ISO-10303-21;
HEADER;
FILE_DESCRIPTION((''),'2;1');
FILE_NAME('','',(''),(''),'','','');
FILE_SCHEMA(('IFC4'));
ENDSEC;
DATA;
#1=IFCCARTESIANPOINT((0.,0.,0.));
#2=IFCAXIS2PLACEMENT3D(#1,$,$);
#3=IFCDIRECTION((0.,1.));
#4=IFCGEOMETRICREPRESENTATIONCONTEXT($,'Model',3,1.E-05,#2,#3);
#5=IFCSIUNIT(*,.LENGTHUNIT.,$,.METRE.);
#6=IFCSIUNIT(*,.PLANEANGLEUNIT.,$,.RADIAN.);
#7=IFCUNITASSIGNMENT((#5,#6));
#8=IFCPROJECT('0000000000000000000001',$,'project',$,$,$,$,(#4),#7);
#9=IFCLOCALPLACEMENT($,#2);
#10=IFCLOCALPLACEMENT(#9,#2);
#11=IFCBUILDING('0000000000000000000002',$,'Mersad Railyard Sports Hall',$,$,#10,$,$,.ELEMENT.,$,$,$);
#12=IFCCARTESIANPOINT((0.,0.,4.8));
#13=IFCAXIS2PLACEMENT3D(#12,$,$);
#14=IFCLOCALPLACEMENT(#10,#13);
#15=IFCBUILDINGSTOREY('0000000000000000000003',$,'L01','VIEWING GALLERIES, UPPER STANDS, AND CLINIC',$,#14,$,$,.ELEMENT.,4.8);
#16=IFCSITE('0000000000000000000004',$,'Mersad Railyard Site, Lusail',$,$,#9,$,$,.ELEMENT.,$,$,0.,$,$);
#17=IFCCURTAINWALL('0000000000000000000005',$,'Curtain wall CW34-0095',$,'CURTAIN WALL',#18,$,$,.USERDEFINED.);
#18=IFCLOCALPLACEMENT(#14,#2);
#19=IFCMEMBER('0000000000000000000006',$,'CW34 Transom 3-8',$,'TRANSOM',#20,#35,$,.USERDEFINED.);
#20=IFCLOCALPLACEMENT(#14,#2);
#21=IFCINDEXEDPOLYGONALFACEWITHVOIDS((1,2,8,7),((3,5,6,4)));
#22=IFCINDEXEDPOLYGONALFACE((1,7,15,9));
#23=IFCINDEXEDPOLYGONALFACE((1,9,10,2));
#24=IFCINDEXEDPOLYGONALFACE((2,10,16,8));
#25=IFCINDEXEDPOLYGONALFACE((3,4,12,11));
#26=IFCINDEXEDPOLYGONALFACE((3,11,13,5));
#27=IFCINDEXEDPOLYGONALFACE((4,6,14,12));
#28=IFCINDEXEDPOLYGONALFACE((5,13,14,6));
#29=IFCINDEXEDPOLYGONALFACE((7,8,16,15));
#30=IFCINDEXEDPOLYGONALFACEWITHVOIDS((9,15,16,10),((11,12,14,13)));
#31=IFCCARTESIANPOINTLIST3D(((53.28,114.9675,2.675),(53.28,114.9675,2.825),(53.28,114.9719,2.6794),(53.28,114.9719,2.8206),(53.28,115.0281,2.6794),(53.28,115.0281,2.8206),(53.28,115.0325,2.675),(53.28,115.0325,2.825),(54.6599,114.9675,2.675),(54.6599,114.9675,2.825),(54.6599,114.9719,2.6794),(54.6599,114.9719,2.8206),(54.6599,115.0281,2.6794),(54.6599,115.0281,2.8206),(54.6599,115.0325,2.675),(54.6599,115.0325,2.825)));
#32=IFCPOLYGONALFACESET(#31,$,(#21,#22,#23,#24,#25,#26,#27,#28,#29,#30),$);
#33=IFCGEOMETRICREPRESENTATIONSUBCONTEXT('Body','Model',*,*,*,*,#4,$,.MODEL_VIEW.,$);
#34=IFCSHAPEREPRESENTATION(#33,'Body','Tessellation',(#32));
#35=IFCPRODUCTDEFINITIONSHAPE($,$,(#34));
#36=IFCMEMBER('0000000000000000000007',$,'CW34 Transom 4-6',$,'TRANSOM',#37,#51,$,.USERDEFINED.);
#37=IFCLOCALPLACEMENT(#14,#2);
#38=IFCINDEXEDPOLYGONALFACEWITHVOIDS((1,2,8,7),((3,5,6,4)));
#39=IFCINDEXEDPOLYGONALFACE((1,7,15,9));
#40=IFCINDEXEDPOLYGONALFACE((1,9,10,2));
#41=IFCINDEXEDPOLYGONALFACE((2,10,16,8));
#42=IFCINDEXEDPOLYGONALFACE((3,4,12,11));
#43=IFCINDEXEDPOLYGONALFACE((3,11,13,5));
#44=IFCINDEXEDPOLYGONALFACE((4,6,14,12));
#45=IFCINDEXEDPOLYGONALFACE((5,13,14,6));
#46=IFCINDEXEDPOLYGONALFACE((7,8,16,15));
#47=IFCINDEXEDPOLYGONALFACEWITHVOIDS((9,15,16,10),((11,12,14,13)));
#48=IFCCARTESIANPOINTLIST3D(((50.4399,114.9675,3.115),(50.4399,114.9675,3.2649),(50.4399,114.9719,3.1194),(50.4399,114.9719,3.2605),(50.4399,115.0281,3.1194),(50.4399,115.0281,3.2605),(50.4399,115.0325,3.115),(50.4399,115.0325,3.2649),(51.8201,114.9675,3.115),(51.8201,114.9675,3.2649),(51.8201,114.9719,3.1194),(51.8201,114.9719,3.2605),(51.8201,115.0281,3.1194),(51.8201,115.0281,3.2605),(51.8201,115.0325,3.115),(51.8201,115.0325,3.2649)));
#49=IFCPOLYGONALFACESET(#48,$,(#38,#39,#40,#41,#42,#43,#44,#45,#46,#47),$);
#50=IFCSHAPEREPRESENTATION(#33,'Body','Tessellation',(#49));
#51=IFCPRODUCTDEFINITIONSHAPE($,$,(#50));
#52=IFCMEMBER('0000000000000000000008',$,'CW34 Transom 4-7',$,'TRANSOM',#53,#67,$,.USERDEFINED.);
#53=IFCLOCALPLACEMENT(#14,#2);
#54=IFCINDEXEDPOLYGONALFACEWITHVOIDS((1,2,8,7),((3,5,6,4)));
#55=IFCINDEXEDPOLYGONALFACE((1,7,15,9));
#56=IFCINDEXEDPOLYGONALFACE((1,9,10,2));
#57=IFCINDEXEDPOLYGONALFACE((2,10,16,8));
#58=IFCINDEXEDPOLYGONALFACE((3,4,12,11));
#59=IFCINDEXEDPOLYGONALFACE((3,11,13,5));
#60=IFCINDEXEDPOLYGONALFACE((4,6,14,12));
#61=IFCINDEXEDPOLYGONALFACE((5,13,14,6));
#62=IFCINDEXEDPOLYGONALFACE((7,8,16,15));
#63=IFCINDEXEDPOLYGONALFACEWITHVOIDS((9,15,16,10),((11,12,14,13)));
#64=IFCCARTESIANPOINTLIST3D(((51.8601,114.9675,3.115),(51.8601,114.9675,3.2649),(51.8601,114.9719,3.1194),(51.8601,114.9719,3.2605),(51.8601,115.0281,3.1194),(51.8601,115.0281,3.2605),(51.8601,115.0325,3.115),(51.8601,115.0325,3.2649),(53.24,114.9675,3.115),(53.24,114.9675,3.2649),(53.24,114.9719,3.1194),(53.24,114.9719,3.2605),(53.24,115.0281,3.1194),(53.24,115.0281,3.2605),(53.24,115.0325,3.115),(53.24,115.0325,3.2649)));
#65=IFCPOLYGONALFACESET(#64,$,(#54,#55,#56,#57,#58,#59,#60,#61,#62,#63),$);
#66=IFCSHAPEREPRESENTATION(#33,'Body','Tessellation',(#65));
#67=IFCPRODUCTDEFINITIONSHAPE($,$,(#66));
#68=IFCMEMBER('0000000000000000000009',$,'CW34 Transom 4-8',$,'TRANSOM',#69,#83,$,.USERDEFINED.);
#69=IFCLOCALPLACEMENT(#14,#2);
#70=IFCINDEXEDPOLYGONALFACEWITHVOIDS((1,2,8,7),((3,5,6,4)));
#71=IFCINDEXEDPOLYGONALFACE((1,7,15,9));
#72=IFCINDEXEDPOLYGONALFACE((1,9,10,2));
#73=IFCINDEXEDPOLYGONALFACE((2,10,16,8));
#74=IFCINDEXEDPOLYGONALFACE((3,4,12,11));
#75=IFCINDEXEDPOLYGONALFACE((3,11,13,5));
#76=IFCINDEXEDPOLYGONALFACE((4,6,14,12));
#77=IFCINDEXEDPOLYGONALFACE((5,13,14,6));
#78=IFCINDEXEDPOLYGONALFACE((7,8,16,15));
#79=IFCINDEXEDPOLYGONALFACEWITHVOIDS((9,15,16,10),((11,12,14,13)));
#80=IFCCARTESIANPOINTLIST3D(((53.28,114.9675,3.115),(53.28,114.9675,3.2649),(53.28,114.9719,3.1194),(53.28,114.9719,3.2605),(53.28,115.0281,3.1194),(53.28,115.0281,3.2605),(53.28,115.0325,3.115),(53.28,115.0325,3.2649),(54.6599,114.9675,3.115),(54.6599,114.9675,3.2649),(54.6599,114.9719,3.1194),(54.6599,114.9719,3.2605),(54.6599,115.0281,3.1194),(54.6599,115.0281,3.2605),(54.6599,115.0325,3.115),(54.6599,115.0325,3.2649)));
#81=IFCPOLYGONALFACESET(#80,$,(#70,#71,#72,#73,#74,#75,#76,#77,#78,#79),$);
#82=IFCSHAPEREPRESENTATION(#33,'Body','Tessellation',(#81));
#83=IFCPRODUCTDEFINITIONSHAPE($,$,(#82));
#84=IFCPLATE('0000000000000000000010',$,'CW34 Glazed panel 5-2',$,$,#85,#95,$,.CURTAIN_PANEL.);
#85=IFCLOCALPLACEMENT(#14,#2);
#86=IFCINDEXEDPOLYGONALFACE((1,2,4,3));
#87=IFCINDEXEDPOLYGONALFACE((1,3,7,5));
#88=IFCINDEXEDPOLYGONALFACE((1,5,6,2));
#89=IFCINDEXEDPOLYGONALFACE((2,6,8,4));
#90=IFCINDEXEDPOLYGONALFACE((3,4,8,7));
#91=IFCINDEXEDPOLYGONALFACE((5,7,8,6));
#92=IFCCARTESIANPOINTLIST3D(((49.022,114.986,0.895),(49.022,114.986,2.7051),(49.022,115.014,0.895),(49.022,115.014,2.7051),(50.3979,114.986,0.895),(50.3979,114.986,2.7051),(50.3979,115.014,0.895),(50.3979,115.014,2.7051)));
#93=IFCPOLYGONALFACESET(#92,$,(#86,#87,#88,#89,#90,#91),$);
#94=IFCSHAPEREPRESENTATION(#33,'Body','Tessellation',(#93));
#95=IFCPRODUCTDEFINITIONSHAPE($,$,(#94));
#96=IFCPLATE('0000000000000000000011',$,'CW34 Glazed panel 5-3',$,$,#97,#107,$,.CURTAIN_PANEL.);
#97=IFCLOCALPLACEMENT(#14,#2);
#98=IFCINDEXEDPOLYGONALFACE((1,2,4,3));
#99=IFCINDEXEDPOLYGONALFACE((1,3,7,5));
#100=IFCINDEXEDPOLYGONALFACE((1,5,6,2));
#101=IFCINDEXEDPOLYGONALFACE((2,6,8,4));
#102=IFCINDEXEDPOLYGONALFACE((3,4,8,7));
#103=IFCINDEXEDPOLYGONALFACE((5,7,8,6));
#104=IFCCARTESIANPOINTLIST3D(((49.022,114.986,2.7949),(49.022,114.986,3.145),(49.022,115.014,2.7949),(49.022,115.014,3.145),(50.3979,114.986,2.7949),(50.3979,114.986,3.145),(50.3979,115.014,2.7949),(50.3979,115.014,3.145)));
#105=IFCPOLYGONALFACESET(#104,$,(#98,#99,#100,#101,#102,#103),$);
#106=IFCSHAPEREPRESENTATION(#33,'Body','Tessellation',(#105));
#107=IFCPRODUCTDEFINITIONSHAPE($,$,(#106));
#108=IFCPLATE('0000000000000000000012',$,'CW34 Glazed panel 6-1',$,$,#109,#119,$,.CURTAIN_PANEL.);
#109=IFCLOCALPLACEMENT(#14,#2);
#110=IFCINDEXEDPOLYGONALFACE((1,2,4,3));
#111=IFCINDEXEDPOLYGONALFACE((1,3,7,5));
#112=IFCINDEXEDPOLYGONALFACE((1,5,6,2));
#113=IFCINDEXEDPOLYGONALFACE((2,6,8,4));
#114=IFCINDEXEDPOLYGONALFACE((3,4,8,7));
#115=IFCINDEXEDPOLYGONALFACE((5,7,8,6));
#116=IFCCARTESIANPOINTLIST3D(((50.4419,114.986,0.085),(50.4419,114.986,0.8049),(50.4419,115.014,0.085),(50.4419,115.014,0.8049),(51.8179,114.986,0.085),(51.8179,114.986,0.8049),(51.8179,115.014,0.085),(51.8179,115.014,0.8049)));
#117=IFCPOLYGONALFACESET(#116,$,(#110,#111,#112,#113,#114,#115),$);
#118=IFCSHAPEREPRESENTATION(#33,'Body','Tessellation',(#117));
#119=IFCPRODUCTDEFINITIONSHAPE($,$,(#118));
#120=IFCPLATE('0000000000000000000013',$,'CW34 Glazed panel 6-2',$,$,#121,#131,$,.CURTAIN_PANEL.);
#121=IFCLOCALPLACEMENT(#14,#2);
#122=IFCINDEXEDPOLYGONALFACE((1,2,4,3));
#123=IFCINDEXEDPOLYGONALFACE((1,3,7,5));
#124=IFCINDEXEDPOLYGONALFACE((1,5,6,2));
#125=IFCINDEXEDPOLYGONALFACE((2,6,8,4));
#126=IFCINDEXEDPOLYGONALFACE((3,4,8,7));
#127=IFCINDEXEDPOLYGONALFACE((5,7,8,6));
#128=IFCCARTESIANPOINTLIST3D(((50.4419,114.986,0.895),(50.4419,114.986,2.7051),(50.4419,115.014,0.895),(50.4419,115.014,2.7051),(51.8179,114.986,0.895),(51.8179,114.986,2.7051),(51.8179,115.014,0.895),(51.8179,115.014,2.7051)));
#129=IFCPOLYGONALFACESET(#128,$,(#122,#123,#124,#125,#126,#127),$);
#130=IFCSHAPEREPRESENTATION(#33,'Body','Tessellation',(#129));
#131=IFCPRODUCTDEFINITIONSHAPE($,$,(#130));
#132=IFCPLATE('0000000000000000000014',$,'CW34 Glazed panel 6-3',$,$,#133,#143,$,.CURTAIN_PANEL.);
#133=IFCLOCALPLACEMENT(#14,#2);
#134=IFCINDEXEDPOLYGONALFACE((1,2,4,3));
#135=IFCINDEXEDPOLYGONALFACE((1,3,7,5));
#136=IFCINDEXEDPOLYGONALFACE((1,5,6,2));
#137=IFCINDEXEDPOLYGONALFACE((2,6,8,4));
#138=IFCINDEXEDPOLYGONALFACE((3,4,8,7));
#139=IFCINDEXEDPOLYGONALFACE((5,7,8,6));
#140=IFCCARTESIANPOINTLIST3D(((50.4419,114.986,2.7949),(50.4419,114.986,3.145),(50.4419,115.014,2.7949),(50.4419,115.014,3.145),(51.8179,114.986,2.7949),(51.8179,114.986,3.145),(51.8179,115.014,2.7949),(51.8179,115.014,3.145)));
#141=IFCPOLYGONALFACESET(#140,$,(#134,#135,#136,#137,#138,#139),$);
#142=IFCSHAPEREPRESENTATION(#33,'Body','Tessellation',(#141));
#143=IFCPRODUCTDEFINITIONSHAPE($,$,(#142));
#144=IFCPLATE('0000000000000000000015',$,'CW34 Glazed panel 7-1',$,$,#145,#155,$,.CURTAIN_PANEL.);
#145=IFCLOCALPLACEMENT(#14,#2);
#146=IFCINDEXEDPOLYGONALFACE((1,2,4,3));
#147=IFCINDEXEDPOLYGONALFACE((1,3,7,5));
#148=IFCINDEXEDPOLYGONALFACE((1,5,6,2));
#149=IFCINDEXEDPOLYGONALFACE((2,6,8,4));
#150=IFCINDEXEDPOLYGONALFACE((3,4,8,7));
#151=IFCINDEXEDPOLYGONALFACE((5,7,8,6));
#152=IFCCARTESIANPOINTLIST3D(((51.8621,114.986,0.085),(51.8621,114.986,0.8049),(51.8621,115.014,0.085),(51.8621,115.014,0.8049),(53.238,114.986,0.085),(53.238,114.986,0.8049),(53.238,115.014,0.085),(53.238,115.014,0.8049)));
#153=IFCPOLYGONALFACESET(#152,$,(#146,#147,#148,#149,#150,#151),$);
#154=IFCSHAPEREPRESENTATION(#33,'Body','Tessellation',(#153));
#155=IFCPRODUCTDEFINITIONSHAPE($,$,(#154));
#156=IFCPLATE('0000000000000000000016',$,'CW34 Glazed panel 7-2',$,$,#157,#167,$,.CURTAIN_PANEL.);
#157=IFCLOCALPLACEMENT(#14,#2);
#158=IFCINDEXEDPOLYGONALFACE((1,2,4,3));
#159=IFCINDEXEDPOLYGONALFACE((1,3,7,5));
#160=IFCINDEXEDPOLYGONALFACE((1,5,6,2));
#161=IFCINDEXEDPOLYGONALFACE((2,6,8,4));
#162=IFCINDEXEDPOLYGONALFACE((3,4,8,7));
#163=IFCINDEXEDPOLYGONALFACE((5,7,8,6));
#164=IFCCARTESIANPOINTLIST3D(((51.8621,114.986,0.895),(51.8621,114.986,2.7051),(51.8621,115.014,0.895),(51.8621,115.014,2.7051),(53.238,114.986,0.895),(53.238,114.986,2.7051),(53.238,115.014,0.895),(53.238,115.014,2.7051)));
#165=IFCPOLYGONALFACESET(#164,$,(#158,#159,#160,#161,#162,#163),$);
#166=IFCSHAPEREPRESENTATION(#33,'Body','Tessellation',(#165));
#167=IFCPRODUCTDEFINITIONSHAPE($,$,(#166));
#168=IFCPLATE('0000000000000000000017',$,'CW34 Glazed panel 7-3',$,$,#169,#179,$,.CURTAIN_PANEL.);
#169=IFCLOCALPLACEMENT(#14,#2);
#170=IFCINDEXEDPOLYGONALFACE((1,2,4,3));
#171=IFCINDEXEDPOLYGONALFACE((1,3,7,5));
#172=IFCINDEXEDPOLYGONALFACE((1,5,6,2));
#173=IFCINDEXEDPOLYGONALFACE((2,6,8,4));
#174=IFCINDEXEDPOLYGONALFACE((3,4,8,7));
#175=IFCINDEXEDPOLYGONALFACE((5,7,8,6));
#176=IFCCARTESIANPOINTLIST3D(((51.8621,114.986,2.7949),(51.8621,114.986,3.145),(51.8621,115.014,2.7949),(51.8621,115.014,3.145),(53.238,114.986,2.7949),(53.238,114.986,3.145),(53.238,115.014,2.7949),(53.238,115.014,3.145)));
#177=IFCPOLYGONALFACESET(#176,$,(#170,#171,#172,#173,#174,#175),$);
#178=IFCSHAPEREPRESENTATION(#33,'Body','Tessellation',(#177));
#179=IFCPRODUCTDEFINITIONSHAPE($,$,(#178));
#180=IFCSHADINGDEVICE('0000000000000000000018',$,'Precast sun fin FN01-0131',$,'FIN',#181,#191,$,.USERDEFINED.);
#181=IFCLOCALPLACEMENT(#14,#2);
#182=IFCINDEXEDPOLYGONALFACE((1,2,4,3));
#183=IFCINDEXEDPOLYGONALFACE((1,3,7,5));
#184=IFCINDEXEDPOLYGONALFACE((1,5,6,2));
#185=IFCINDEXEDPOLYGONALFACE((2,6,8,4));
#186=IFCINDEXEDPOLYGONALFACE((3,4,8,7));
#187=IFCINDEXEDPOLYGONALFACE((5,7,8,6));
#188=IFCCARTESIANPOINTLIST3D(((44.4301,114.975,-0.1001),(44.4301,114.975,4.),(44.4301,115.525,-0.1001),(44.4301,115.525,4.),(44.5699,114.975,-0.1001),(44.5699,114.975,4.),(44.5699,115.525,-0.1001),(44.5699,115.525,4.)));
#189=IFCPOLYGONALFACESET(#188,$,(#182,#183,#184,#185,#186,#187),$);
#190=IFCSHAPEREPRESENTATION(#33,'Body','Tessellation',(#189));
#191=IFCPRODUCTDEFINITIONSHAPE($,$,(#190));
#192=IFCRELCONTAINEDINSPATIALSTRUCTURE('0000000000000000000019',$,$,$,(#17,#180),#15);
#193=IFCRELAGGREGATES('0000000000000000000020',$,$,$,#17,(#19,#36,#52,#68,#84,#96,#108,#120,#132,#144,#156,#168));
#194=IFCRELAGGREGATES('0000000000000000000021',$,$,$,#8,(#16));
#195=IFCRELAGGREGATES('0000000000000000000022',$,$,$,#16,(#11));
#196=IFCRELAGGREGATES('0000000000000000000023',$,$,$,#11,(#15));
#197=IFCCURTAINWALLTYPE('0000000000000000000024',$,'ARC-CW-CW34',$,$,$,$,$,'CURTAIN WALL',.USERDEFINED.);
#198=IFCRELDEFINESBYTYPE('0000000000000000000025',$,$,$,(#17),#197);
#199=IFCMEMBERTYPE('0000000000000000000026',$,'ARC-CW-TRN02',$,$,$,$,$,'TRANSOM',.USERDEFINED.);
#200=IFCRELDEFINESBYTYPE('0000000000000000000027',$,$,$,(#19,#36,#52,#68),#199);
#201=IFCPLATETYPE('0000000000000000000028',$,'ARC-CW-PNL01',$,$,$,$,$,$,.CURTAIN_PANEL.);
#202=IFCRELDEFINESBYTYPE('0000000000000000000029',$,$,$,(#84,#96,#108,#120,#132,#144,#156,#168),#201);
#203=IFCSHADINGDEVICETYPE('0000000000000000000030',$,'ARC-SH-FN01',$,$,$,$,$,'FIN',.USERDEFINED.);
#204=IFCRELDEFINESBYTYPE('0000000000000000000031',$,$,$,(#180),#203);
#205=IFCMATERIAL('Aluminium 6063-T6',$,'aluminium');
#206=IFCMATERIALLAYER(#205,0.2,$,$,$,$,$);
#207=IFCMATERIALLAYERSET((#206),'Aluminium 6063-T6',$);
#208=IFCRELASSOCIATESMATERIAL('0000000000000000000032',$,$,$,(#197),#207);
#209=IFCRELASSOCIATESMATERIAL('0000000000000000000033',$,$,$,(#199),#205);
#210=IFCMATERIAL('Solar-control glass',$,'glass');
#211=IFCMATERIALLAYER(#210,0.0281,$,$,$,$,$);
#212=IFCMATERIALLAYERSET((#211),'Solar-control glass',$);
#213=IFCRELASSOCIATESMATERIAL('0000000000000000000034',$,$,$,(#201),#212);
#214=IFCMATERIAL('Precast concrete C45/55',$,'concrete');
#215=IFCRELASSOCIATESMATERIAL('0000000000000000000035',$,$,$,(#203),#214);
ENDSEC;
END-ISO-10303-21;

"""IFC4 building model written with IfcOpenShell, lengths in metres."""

from ifc_helpers import new_model, si_unit, direction, frame, origin, origin_2d, place, context, subcontext, project, spatial, rectangle, hollow_rectangle, extrude, material, layer, layer_set, material_profile, profile_set, type_object, element, aggregate, save


model = new_model("IFC4")

# Units and contexts
model_context = context("Model", 3, precision=1e-05, world=origin(), true_north=direction((0.0, 1.0)))
body_context = subcontext(model_context, "Body", "Model", "MODEL_VIEW")
ifc_project = project(units=[si_unit("LENGTHUNIT", "METRE"), si_unit("PLANEANGLEUNIT", "RADIAN")], contexts=[model_context])

# Site, building, storey
site_placement = place(None, origin())
site = spatial("IfcSite", under=ifc_project, at=site_placement, Name="Mersad Railyard Site, Lusail", CompositionType="ELEMENT", RefElevation=0.0)
building_placement = place(site_placement, origin())
building = spatial("IfcBuilding", under=site, at=building_placement, Name="Mersad Railyard Sports Hall", CompositionType="ELEMENT")
storey_placement = place(building_placement, frame((0.0, 0.0, 4.8)))
storey = spatial("IfcBuildingStorey", under=building, at=storey_placement, Name="L01", Description="VIEWING GALLERIES, UPPER STANDS, AND CLINIC", CompositionType="ELEMENT", Elevation=4.8)

# Curtain wall, members, plates
ifc_material_1 = material(Name="Aluminium 6063-T6", Category="aluminium")
ifc_layer_1 = layer(ifc_material_1, 0.2)
ifc_layer_set_1 = layer_set([ifc_layer_1], Name="Aluminium 6063-T6")
curtain_wall_type = type_object("IfcCurtainWallType", Name="ARC-CW-CW34", ElementType="CURTAIN WALL", PredefinedType="USERDEFINED", material=ifc_layer_set_1)
curtain_wall_placement = place(storey_placement, origin())
curtain_wall = element("IfcCurtainWall", 1, at=curtain_wall_placement, inside=storey, type_object=curtain_wall_type, Name="Curtain wall CW34-0095", ObjectType="CURTAIN WALL", PredefinedType="USERDEFINED")
ifc_material_profile_1 = material_profile(ifc_material_1, hollow_rectangle(XDim=0.0649, YDim=0.1499, WallThickness=0.0044, at=origin_2d()), Name="AL TRANSOM 65x150x4.5")
ifc_profile_set_1 = profile_set([ifc_material_profile_1], Name="Aluminium 6063-T6")
member_type_1 = type_object("IfcMemberType", Name="ARC-CW-TRN02", ElementType="TRANSOM", PredefinedType="USERDEFINED", material=ifc_profile_set_1)
member_1_placement = place(storey_placement, frame((53.28, 115.0, 2.75), z_axis=(1.0, 0.0, 0.0), x_axis=(0.0, 1.0, 0.0)))
member_1 = element("IfcMember", 2, at=member_1_placement, type_object=member_type_1, Name="CW34 Transom 3-8", ObjectType="TRANSOM", PredefinedType="USERDEFINED", context=body_context, shape_type="SweptSolid", body=[
    extrude(hollow_rectangle(XDim=0.0649, YDim=0.1499, WallThickness=0.0044, at=origin_2d()), origin(), (0.0, 0.0, 1.0), 1.3799),
])
member_2_placement = place(storey_placement, frame((50.4399, 115.0, 3.1899), z_axis=(1.0, 0.0, 0.0), x_axis=(0.0, 1.0, 0.0)))
member_2 = element("IfcMember", 3, at=member_2_placement, type_object=member_type_1, Name="CW34 Transom 4-6", ObjectType="TRANSOM", PredefinedType="USERDEFINED", context=body_context, shape_type="SweptSolid", body=[
    extrude(hollow_rectangle(XDim=0.0649, YDim=0.1499, WallThickness=0.0044, at=origin_2d()), origin(), (0.0, 0.0, 1.0), 1.3801),
])
member_3_placement = place(storey_placement, frame((51.8601, 115.0, 3.1899), z_axis=(1.0, 0.0, 0.0), x_axis=(0.0, 1.0, 0.0)))
member_3 = element("IfcMember", 4, at=member_3_placement, type_object=member_type_1, Name="CW34 Transom 4-7", ObjectType="TRANSOM", PredefinedType="USERDEFINED", context=body_context, shape_type="SweptSolid", body=[
    extrude(hollow_rectangle(XDim=0.0649, YDim=0.1499, WallThickness=0.0044, at=origin_2d()), origin(), (0.0, 0.0, 1.0), 1.3799),
])
member_4_placement = place(storey_placement, frame((53.28, 115.0, 3.1899), z_axis=(1.0, 0.0, 0.0), x_axis=(0.0, 1.0, 0.0)))
member_4 = element("IfcMember", 5, at=member_4_placement, type_object=member_type_1, Name="CW34 Transom 4-8", ObjectType="TRANSOM", PredefinedType="USERDEFINED", context=body_context, shape_type="SweptSolid", body=[
    extrude(hollow_rectangle(XDim=0.0649, YDim=0.1499, WallThickness=0.0044, at=origin_2d()), origin(), (0.0, 0.0, 1.0), 1.3799),
])
ifc_material_2 = material(Name="Solar-control glass", Category="glass")
ifc_layer_2 = layer(ifc_material_2, 0.0281)
ifc_layer_set_2 = layer_set([ifc_layer_2], Name="Solar-control glass")
plate_type = type_object("IfcPlateType", Name="ARC-CW-PNL01", PredefinedType="CURTAIN_PANEL", material=ifc_layer_set_2)
plate_1_placement = place(storey_placement, frame((49.71, 115.0, 0.895), z_axis=(0.0, 0.0, 1.0), x_axis=(1.0, 0.0, 0.0)))
plate_1 = element("IfcPlate", 6, at=plate_1_placement, type_object=plate_type, Name="CW34 Glazed panel 5-2", PredefinedType="CURTAIN_PANEL", context=body_context, shape_type="SweptSolid", body=[
    extrude(rectangle(XDim=1.376, YDim=0.0281, at=origin_2d()), origin(), (0.0, 0.0, 1.0), 1.8101),
])
plate_2_placement = place(storey_placement, frame((49.71, 115.0, 2.7949), z_axis=(0.0, 0.0, 1.0), x_axis=(1.0, 0.0, 0.0)))
plate_2 = element("IfcPlate", 7, at=plate_2_placement, type_object=plate_type, Name="CW34 Glazed panel 5-3", PredefinedType="CURTAIN_PANEL", context=body_context, shape_type="SweptSolid", body=[
    extrude(rectangle(XDim=1.376, YDim=0.0281, at=origin_2d()), origin(), (0.0, 0.0, 1.0), 0.3501),
])
plate_3_placement = place(storey_placement, frame((51.1299, 115.0, 0.085), z_axis=(0.0, 0.0, 1.0), x_axis=(1.0, 0.0, 0.0)))
plate_3 = element("IfcPlate", 8, at=plate_3_placement, type_object=plate_type, Name="CW34 Glazed panel 6-1", PredefinedType="CURTAIN_PANEL", context=body_context, shape_type="SweptSolid", body=[
    extrude(rectangle(XDim=1.376, YDim=0.0281, at=origin_2d()), origin(), (0.0, 0.0, 1.0), 0.72),
])
plate_4_placement = place(storey_placement, frame((51.1299, 115.0, 0.895), z_axis=(0.0, 0.0, 1.0), x_axis=(1.0, 0.0, 0.0)))
plate_4 = element("IfcPlate", 9, at=plate_4_placement, type_object=plate_type, Name="CW34 Glazed panel 6-2", PredefinedType="CURTAIN_PANEL", context=body_context, shape_type="SweptSolid", body=[
    extrude(rectangle(XDim=1.376, YDim=0.0281, at=origin_2d()), origin(), (0.0, 0.0, 1.0), 1.8101),
])
plate_5_placement = place(storey_placement, frame((51.1299, 115.0, 2.7949), z_axis=(0.0, 0.0, 1.0), x_axis=(1.0, 0.0, 0.0)))
plate_5 = element("IfcPlate", 10, at=plate_5_placement, type_object=plate_type, Name="CW34 Glazed panel 6-3", PredefinedType="CURTAIN_PANEL", context=body_context, shape_type="SweptSolid", body=[
    extrude(rectangle(XDim=1.376, YDim=0.0281, at=origin_2d()), origin(), (0.0, 0.0, 1.0), 0.3501),
])
plate_6_placement = place(storey_placement, frame((52.55, 115.0, 0.085), z_axis=(0.0, 0.0, 1.0), x_axis=(1.0, 0.0, 0.0)))
plate_6 = element("IfcPlate", 11, at=plate_6_placement, type_object=plate_type, Name="CW34 Glazed panel 7-1", PredefinedType="CURTAIN_PANEL", context=body_context, shape_type="SweptSolid", body=[
    extrude(rectangle(XDim=1.376, YDim=0.0281, at=origin_2d()), origin(), (0.0, 0.0, 1.0), 0.72),
])
plate_7_placement = place(storey_placement, frame((52.55, 115.0, 0.895), z_axis=(0.0, 0.0, 1.0), x_axis=(1.0, 0.0, 0.0)))
plate_7 = element("IfcPlate", 12, at=plate_7_placement, type_object=plate_type, Name="CW34 Glazed panel 7-2", PredefinedType="CURTAIN_PANEL", context=body_context, shape_type="SweptSolid", body=[
    extrude(rectangle(XDim=1.376, YDim=0.0281, at=origin_2d()), origin(), (0.0, 0.0, 1.0), 1.8101),
])
plate_8_placement = place(storey_placement, frame((52.55, 115.0, 2.7949), z_axis=(0.0, 0.0, 1.0), x_axis=(1.0, 0.0, 0.0)))
plate_8 = element("IfcPlate", 13, at=plate_8_placement, type_object=plate_type, Name="CW34 Glazed panel 7-3", PredefinedType="CURTAIN_PANEL", context=body_context, shape_type="SweptSolid", body=[
    extrude(rectangle(XDim=1.376, YDim=0.0281, at=origin_2d()), origin(), (0.0, 0.0, 1.0), 0.3501),
])
aggregate(curtain_wall, [member_1, member_2, member_3, member_4, plate_1, plate_2, plate_3, plate_4, plate_5, plate_6, plate_7, plate_8])

# Shading device
ifc_material_3 = material(Name="Precast concrete C45/55", Category="concrete")
shading_device_type = type_object("IfcShadingDeviceType", Name="ARC-SH-FN01", ElementType="FIN", PredefinedType="USERDEFINED", material=ifc_material_3)
for number, where, z_axis, x_axis, name in (
    (14, (44.5, 115.25, -0.1001), (0.0, 0.0, 1.0), (1.0, 0.0, 0.0), "Precast sun fin FN01-0131"),
):
    element("IfcShadingDevice", number, at=place(storey_placement, frame(where, z_axis=z_axis, x_axis=x_axis)), inside=storey, type_object=shading_device_type, Name=name, ObjectType="FIN", PredefinedType="USERDEFINED", context=body_context, shape_type="SweptSolid", body=[
        extrude(rectangle(XDim=0.1399, YDim=0.55, at=origin_2d()), origin(), (0.0, 0.0, 1.0), 4.1001),
    ])

save(model, "model.ifc")
